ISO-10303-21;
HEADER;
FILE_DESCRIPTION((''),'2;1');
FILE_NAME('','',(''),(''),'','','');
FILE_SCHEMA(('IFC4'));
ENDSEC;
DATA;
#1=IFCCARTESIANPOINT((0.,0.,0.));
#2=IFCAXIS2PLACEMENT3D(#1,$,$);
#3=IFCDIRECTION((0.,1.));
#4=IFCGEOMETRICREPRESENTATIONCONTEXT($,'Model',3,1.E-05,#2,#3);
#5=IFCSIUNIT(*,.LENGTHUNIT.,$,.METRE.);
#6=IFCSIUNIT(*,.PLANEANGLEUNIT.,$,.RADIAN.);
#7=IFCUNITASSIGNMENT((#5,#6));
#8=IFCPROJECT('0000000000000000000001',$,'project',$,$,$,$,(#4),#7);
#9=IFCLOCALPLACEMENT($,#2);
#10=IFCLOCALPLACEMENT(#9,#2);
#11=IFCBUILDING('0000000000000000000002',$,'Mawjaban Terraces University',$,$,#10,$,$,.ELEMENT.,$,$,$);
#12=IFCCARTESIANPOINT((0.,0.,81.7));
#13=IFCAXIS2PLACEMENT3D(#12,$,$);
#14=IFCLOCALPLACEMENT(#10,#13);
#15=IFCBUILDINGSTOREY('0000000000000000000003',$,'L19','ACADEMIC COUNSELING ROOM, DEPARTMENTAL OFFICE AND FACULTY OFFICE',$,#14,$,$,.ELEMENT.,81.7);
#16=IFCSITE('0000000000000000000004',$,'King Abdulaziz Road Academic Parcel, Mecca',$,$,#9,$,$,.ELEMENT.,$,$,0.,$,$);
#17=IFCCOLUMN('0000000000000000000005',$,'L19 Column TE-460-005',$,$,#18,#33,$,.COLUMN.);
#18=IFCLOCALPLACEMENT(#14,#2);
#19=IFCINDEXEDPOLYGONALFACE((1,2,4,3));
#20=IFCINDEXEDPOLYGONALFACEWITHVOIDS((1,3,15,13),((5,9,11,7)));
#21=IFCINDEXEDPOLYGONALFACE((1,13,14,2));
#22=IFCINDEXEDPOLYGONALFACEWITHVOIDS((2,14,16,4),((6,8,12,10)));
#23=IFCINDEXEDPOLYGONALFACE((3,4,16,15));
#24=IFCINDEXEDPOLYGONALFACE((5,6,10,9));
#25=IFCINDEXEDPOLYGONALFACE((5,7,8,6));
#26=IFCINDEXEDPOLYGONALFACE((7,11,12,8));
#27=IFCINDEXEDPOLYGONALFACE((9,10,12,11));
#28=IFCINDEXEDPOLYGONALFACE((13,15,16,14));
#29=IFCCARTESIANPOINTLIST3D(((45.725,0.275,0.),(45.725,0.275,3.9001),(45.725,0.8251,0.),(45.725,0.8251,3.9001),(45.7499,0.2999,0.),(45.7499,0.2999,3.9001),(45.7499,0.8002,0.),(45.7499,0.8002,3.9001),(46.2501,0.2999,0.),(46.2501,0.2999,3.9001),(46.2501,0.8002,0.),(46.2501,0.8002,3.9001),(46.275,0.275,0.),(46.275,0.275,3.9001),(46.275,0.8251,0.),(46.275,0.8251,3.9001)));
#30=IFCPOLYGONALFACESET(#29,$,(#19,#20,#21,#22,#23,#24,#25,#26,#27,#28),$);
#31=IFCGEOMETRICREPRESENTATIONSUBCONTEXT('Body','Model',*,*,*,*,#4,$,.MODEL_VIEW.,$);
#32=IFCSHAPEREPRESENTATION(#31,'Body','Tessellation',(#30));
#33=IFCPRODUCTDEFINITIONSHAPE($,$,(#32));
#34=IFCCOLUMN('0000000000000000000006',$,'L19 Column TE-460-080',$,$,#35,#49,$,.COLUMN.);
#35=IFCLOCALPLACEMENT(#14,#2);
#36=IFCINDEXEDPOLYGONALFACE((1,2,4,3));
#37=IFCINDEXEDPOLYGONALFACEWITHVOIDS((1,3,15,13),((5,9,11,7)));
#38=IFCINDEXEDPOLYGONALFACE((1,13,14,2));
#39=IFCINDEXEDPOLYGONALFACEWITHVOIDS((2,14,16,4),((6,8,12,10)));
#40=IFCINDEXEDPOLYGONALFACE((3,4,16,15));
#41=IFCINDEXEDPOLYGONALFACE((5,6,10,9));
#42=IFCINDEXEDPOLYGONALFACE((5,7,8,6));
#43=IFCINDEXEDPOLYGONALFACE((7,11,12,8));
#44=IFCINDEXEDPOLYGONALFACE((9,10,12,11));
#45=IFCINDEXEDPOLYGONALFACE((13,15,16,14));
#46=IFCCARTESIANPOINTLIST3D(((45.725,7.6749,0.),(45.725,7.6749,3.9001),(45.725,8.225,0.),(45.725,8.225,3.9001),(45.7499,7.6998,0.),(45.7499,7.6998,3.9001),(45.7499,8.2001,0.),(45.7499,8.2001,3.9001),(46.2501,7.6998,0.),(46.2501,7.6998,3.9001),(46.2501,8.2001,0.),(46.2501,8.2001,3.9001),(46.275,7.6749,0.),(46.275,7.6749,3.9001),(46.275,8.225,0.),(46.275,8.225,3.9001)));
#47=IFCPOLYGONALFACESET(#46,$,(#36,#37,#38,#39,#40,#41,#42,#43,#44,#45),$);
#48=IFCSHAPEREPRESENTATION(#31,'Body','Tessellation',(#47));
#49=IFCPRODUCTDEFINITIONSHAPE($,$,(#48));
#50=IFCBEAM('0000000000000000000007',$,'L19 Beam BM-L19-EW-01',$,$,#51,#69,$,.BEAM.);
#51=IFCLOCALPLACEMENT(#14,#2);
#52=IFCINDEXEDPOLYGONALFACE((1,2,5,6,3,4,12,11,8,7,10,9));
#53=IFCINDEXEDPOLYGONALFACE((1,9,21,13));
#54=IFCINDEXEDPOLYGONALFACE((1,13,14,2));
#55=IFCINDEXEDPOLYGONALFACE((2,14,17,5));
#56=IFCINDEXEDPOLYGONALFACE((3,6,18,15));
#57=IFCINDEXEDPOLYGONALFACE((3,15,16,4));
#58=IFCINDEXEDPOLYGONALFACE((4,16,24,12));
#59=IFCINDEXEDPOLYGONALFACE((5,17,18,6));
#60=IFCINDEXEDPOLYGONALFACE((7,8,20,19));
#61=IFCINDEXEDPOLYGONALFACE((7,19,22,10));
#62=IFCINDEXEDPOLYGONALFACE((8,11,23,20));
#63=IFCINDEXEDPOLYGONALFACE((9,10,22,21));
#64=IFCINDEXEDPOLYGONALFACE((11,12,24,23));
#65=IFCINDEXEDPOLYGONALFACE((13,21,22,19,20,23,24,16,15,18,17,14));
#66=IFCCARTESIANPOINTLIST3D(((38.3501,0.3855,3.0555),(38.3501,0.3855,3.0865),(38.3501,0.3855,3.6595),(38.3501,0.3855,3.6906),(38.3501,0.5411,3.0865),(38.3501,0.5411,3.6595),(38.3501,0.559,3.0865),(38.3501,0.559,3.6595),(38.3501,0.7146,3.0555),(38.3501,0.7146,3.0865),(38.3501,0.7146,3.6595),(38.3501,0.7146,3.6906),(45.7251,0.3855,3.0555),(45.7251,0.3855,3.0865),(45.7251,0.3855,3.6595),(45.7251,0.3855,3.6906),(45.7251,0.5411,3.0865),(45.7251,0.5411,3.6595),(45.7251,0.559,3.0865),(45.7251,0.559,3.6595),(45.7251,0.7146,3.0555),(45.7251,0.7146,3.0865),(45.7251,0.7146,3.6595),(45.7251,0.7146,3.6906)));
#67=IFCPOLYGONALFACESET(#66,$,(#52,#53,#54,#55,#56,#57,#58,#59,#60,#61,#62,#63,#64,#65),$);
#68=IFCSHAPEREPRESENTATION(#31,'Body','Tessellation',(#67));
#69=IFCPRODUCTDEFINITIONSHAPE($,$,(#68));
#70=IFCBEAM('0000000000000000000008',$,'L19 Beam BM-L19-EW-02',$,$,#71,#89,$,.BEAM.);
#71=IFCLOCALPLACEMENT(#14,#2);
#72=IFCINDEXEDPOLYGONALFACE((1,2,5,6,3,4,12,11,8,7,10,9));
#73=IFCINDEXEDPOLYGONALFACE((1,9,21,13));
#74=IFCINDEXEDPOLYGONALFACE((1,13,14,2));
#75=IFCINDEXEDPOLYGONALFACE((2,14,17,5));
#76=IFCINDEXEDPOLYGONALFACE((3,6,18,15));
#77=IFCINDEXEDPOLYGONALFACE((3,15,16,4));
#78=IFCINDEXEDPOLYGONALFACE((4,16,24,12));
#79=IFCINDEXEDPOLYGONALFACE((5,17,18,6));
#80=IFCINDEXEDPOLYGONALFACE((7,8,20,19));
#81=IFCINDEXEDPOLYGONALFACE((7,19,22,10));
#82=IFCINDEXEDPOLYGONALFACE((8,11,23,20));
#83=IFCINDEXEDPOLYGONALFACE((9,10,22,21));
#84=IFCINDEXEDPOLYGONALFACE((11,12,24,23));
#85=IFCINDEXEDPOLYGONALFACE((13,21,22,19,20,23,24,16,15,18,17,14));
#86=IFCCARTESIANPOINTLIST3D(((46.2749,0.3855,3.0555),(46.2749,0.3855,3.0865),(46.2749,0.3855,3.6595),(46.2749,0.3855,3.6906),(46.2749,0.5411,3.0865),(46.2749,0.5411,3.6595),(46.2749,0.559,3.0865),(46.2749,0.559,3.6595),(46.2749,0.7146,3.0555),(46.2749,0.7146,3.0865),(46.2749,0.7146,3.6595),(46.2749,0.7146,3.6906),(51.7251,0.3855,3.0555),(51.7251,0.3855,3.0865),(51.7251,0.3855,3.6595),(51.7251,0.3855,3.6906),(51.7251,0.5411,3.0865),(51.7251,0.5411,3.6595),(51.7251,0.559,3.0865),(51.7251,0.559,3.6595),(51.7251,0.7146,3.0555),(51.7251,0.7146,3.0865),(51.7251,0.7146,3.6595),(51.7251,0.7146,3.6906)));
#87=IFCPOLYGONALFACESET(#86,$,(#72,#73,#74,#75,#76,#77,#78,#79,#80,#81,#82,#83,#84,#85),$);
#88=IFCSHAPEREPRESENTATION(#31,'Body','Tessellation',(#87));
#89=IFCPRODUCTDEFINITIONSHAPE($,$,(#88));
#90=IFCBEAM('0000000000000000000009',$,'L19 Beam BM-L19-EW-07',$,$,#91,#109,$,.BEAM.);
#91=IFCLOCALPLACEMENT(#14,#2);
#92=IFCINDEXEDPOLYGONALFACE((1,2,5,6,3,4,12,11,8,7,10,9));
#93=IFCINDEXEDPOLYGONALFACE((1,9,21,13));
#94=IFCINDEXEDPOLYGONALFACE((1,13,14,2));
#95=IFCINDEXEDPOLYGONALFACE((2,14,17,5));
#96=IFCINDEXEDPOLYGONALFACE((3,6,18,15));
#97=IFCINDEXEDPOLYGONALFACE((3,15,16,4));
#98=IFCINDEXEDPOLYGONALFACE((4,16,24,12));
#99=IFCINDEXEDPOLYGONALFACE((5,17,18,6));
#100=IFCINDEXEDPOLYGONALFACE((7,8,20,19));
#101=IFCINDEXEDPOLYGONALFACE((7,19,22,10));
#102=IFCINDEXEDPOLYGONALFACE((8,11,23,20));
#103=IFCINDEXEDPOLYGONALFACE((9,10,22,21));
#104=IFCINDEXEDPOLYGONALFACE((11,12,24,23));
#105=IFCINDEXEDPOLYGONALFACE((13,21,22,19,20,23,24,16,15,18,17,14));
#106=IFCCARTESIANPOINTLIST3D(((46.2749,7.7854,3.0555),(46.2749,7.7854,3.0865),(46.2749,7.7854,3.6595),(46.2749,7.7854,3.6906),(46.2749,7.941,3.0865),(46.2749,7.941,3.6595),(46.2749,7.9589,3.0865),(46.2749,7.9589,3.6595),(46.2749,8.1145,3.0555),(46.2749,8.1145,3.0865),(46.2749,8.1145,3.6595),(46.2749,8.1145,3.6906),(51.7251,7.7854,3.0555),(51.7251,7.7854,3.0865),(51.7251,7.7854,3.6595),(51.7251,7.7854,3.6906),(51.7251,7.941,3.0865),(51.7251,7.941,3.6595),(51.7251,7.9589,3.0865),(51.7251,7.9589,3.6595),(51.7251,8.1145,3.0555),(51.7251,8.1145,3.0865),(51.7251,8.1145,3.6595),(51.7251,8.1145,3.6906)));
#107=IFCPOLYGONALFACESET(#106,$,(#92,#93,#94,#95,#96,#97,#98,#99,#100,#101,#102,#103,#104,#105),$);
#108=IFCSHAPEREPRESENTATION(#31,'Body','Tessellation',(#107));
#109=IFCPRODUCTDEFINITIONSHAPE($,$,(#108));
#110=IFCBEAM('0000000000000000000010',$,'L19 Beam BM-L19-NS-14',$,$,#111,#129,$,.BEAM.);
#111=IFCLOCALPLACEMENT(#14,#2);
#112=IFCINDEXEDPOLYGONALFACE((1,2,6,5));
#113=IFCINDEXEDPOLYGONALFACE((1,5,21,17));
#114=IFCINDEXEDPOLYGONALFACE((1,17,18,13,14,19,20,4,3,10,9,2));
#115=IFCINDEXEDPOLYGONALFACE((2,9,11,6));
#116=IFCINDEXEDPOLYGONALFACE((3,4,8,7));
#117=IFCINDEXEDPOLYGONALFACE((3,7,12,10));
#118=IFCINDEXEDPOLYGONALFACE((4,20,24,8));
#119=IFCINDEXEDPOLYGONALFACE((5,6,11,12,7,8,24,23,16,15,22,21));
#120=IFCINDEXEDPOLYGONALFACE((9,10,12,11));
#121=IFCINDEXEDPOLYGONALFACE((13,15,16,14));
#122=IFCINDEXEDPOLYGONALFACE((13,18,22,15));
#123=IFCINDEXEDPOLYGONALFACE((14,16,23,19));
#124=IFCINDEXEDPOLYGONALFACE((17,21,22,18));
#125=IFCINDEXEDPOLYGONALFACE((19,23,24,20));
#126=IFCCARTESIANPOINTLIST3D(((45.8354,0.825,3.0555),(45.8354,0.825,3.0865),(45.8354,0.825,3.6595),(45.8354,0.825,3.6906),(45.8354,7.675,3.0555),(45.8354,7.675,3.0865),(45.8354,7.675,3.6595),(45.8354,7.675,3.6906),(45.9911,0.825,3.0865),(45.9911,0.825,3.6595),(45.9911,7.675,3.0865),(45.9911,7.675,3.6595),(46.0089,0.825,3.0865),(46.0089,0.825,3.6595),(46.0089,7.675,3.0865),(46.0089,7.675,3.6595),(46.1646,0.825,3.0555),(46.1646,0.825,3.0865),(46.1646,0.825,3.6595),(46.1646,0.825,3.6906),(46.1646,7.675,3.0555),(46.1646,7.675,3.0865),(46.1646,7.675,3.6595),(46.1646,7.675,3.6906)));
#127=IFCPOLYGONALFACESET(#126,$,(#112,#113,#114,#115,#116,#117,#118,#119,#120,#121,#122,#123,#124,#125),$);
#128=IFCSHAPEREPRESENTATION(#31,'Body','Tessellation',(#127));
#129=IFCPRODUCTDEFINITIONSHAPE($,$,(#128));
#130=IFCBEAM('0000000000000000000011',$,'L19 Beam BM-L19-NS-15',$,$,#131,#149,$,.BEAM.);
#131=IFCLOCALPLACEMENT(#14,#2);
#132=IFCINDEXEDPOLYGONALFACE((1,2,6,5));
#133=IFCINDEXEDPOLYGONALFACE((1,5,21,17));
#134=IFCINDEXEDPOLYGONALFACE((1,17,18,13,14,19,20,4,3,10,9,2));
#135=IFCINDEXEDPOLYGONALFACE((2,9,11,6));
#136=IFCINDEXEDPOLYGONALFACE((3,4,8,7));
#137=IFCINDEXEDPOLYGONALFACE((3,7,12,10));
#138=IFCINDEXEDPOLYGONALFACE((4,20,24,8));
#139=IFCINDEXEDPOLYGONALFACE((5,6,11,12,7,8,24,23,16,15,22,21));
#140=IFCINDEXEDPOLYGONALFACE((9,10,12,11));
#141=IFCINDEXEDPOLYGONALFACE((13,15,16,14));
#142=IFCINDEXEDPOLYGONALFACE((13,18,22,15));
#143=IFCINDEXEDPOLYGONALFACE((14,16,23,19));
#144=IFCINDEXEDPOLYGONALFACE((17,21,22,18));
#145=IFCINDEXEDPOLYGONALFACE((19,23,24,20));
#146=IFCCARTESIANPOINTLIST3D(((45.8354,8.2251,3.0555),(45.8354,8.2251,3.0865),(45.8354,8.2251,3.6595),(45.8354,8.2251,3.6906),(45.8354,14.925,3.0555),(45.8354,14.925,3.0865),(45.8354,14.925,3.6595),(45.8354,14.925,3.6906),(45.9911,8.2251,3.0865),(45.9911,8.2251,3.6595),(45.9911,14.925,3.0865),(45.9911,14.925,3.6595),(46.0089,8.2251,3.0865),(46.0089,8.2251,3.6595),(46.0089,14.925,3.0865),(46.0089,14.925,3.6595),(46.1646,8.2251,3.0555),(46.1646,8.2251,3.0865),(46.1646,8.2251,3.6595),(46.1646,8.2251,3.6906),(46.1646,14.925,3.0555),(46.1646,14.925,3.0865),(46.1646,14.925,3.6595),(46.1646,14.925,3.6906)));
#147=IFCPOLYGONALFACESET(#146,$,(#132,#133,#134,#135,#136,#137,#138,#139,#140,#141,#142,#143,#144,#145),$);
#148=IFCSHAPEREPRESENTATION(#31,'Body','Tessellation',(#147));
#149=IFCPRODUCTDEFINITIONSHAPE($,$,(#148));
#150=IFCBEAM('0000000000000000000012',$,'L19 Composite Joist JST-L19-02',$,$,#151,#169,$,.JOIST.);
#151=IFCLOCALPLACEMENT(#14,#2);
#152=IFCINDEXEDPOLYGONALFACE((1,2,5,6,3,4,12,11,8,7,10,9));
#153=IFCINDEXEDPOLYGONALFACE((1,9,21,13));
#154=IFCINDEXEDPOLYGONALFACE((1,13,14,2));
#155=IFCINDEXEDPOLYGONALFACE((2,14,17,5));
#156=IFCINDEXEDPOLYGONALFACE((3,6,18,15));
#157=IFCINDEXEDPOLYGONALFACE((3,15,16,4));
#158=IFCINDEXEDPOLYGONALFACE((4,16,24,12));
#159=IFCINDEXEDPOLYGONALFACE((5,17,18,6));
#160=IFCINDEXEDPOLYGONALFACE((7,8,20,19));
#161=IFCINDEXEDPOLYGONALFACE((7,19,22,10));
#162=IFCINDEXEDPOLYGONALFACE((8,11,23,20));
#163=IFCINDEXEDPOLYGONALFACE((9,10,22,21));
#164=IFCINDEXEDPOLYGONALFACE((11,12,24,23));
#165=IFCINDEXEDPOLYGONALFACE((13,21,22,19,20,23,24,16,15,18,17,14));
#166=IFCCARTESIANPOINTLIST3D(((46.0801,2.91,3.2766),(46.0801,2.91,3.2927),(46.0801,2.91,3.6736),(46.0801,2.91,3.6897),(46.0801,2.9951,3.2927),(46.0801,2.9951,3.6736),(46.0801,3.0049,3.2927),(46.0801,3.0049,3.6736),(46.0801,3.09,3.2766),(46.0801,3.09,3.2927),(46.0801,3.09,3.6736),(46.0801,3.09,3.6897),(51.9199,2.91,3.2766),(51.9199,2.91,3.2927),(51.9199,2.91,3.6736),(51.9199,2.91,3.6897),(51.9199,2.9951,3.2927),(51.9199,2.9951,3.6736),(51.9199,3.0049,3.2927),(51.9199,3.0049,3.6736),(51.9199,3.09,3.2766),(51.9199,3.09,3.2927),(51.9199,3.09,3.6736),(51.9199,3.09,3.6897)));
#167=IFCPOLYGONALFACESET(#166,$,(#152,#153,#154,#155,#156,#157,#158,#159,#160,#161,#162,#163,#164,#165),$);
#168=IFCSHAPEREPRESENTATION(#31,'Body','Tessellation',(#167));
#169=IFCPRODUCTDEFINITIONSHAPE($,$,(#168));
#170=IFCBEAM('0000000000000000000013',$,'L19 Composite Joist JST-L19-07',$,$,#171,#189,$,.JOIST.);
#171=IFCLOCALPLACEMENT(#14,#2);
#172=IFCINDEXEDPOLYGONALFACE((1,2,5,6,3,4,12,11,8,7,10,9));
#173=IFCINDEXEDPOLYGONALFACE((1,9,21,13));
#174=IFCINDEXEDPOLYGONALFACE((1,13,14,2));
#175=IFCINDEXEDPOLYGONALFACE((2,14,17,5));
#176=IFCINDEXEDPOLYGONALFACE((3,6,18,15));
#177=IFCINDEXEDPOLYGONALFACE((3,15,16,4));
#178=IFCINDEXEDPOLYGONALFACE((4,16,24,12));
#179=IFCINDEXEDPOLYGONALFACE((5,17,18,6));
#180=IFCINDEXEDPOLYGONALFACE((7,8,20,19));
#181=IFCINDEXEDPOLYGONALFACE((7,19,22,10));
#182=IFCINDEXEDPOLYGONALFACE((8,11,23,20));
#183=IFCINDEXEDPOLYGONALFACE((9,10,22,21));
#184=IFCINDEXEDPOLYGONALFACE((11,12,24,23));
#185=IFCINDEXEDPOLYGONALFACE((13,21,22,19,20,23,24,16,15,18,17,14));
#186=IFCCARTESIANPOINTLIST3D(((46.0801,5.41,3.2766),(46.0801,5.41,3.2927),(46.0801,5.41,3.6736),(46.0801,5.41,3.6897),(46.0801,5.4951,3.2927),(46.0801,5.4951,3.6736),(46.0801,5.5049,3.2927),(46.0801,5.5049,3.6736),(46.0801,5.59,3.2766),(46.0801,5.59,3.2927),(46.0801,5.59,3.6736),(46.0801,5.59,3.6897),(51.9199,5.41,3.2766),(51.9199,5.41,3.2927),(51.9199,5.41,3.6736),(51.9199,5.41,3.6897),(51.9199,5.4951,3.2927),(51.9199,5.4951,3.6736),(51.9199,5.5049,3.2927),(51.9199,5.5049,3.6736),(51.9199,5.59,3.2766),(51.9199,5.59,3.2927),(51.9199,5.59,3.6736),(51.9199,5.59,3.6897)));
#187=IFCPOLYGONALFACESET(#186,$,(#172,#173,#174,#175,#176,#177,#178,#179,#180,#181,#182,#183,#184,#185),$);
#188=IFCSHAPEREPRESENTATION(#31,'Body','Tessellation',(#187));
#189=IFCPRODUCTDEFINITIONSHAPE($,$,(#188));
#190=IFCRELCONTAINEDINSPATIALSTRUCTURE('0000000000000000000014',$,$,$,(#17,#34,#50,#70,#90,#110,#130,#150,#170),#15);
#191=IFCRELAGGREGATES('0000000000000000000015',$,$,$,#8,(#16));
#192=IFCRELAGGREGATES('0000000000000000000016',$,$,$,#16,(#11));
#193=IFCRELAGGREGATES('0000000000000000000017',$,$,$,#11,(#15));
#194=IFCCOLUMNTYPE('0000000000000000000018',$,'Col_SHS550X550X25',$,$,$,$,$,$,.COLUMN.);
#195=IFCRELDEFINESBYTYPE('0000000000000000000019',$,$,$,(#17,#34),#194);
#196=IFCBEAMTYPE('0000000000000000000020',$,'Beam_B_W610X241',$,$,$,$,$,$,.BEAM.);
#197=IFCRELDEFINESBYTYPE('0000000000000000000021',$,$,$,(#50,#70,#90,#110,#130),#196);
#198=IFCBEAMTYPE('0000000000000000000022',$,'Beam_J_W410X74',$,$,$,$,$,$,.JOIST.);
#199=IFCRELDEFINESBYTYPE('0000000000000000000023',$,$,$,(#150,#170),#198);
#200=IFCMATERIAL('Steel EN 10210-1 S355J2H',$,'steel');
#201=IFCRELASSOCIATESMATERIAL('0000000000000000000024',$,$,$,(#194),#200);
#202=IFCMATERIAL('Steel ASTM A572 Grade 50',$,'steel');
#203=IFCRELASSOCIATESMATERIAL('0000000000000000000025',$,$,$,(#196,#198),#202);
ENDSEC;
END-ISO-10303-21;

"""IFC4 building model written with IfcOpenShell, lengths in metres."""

from ifc_helpers import new_model, si_unit, direction, frame, origin, origin_2d, place, context, subcontext, project, spatial, hollow_rectangle, i_section, extrude, material, material_profile, profile_set, type_object, element, save


model = new_model("IFC4")

# Units and contexts
model_context = context("Model", 3, precision=1e-05, world=origin(), true_north=direction((0.0, 1.0)))
body_context = subcontext(model_context, "Body", "Model", "MODEL_VIEW")
ifc_project = project(units=[si_unit("LENGTHUNIT", "METRE"), si_unit("PLANEANGLEUNIT", "RADIAN")], contexts=[model_context])

# Site, building, storey
site_placement = place(None, origin())
site = spatial("IfcSite", under=ifc_project, at=site_placement, Name="King Abdulaziz Road Academic Parcel, Mecca", CompositionType="ELEMENT", RefElevation=0.0)
building_placement = place(site_placement, origin())
building = spatial("IfcBuilding", under=site, at=building_placement, Name="Mawjaban Terraces University", CompositionType="ELEMENT")
storey_placement = place(building_placement, frame((0.0, 0.0, 81.7)))
storey = spatial("IfcBuildingStorey", under=building, at=storey_placement, Name="L19", Description="ACADEMIC COUNSELING ROOM, DEPARTMENTAL OFFICE AND FACULTY OFFICE", CompositionType="ELEMENT", Elevation=81.7)

# Columns
ifc_material_1 = material(Name="Steel EN 10210-1 S355J2H", Category="steel")
ifc_material_profile_1 = material_profile(ifc_material_1, hollow_rectangle(XDim=0.55, YDim=0.55, WallThickness=0.0249, at=origin_2d()), Name="SHS550X550X25")
ifc_profile_set_1 = profile_set([ifc_material_profile_1], Name="Steel EN 10210-1 S355J2H")
column_type = type_object("IfcColumnType", Name="Col_SHS550X550X25", PredefinedType="COLUMN", material=ifc_profile_set_1)
for number, where, z_axis, x_axis, name in (
    (1, (46.0, 0.55, 0.0), (0.0, 0.0, 1.0), (1.0, 0.0, 0.0), "L19 Column TE-460-005"),
    (2, (46.0, 7.95, 0.0), (0.0, 0.0, 1.0), (1.0, 0.0, 0.0), "L19 Column TE-460-080"),
):
    element("IfcColumn", number, at=place(storey_placement, frame(where, z_axis=z_axis, x_axis=x_axis)), inside=storey, type_object=column_type, Name=name, PredefinedType="COLUMN", context=body_context, shape_type="SweptSolid", body=[
        extrude(hollow_rectangle(XDim=0.55, YDim=0.55, WallThickness=0.0249, at=origin_2d()), origin(), (0.0, 0.0, 1.0), 3.9001),
    ])

# Beams
ifc_material_2 = material(Name="Steel ASTM A572 Grade 50", Category="steel")
ifc_material_profile_2 = material_profile(ifc_material_2, i_section(OverallWidth=0.3291, OverallDepth=0.635, WebThickness=0.0178, FlangeThickness=0.031, at=origin_2d()), Name="W610X241")
ifc_profile_set_2 = profile_set([ifc_material_profile_2], Name="Steel ASTM A572 Grade 50")
beam_type_1 = type_object("IfcBeamType", Name="Beam_B_W610X241", PredefinedType="BEAM", material=ifc_profile_set_2)
beam_1_placement = place(storey_placement, frame((38.3501, 0.55, 3.373), z_axis=(1.0, 0.0, 0.0), x_axis=(0.0, 1.0, 0.0)))
element("IfcBeam", 3, at=beam_1_placement, inside=storey, type_object=beam_type_1, Name="L19 Beam BM-L19-EW-01", PredefinedType="BEAM", context=body_context, shape_type="SweptSolid", body=[
    extrude(i_section(OverallWidth=0.3291, OverallDepth=0.635, WebThickness=0.0178, FlangeThickness=0.031, at=origin_2d()), origin(), (0.0, 0.0, 1.0), 7.375),
])
for number, where, z_axis, x_axis, name in (
    (4, (46.2749, 0.55, 3.373), (1.0, 0.0, 0.0), (0.0, 1.0, 0.0), "L19 Beam BM-L19-EW-02"),
    (5, (46.2749, 7.95, 3.373), (1.0, 0.0, 0.0), (0.0, 1.0, 0.0), "L19 Beam BM-L19-EW-07"),
):
    element("IfcBeam", number, at=place(storey_placement, frame(where, z_axis=z_axis, x_axis=x_axis)), inside=storey, type_object=beam_type_1, Name=name, PredefinedType="BEAM", context=body_context, shape_type="SweptSolid", body=[
        extrude(i_section(OverallWidth=0.3291, OverallDepth=0.635, WebThickness=0.0178, FlangeThickness=0.031, at=origin_2d()), origin(), (0.0, 0.0, 1.0), 5.4502),
    ])
beam_2_placement = place(storey_placement, frame((46.0, 0.825, 3.373), z_axis=(0.0, 1.0, 0.0), x_axis=(-1.0, 0.0, 0.0)))
element("IfcBeam", 6, at=beam_2_placement, inside=storey, type_object=beam_type_1, Name="L19 Beam BM-L19-NS-14", PredefinedType="BEAM", context=body_context, shape_type="SweptSolid", body=[
    extrude(i_section(OverallWidth=0.3291, OverallDepth=0.635, WebThickness=0.0178, FlangeThickness=0.031, at=origin_2d()), origin(), (0.0, 0.0, 1.0), 6.8501),
])
beam_3_placement = place(storey_placement, frame((46.0, 8.2251, 3.373), z_axis=(0.0, 1.0, 0.0), x_axis=(-1.0, 0.0, 0.0)))
element("IfcBeam", 7, at=beam_3_placement, inside=storey, type_object=beam_type_1, Name="L19 Beam BM-L19-NS-15", PredefinedType="BEAM", context=body_context, shape_type="SweptSolid", body=[
    extrude(i_section(OverallWidth=0.3291, OverallDepth=0.635, WebThickness=0.0178, FlangeThickness=0.031, at=origin_2d()), origin(), (0.0, 0.0, 1.0), 6.7),
])
ifc_material_profile_3 = material_profile(ifc_material_2, i_section(OverallWidth=0.1799, OverallDepth=0.4131, WebThickness=0.0098, FlangeThickness=0.0161, at=origin_2d()), Name="W410X74")
ifc_profile_set_3 = profile_set([ifc_material_profile_3], Name="Steel ASTM A572 Grade 50")
beam_type_2 = type_object("IfcBeamType", Name="Beam_J_W410X74", PredefinedType="JOIST", material=ifc_profile_set_3)
for number, where, z_axis, x_axis, name in (
    (8, (46.0801, 3.0, 3.4832), (1.0, 0.0, 0.0), (0.0, 1.0, 0.0), "L19 Composite Joist JST-L19-02"),
    (9, (46.0801, 5.5, 3.4832), (1.0, 0.0, 0.0), (0.0, 1.0, 0.0), "L19 Composite Joist JST-L19-07"),
):
    element("IfcBeam", number, at=place(storey_placement, frame(where, z_axis=z_axis, x_axis=x_axis)), inside=storey, type_object=beam_type_2, Name=name, PredefinedType="JOIST", context=body_context, shape_type="SweptSolid", body=[
        extrude(i_section(OverallWidth=0.1799, OverallDepth=0.4131, WebThickness=0.0098, FlangeThickness=0.0161, at=origin_2d()), origin(), (0.0, 0.0, 1.0), 5.8398),
    ])

save(model, "model.ifc")
